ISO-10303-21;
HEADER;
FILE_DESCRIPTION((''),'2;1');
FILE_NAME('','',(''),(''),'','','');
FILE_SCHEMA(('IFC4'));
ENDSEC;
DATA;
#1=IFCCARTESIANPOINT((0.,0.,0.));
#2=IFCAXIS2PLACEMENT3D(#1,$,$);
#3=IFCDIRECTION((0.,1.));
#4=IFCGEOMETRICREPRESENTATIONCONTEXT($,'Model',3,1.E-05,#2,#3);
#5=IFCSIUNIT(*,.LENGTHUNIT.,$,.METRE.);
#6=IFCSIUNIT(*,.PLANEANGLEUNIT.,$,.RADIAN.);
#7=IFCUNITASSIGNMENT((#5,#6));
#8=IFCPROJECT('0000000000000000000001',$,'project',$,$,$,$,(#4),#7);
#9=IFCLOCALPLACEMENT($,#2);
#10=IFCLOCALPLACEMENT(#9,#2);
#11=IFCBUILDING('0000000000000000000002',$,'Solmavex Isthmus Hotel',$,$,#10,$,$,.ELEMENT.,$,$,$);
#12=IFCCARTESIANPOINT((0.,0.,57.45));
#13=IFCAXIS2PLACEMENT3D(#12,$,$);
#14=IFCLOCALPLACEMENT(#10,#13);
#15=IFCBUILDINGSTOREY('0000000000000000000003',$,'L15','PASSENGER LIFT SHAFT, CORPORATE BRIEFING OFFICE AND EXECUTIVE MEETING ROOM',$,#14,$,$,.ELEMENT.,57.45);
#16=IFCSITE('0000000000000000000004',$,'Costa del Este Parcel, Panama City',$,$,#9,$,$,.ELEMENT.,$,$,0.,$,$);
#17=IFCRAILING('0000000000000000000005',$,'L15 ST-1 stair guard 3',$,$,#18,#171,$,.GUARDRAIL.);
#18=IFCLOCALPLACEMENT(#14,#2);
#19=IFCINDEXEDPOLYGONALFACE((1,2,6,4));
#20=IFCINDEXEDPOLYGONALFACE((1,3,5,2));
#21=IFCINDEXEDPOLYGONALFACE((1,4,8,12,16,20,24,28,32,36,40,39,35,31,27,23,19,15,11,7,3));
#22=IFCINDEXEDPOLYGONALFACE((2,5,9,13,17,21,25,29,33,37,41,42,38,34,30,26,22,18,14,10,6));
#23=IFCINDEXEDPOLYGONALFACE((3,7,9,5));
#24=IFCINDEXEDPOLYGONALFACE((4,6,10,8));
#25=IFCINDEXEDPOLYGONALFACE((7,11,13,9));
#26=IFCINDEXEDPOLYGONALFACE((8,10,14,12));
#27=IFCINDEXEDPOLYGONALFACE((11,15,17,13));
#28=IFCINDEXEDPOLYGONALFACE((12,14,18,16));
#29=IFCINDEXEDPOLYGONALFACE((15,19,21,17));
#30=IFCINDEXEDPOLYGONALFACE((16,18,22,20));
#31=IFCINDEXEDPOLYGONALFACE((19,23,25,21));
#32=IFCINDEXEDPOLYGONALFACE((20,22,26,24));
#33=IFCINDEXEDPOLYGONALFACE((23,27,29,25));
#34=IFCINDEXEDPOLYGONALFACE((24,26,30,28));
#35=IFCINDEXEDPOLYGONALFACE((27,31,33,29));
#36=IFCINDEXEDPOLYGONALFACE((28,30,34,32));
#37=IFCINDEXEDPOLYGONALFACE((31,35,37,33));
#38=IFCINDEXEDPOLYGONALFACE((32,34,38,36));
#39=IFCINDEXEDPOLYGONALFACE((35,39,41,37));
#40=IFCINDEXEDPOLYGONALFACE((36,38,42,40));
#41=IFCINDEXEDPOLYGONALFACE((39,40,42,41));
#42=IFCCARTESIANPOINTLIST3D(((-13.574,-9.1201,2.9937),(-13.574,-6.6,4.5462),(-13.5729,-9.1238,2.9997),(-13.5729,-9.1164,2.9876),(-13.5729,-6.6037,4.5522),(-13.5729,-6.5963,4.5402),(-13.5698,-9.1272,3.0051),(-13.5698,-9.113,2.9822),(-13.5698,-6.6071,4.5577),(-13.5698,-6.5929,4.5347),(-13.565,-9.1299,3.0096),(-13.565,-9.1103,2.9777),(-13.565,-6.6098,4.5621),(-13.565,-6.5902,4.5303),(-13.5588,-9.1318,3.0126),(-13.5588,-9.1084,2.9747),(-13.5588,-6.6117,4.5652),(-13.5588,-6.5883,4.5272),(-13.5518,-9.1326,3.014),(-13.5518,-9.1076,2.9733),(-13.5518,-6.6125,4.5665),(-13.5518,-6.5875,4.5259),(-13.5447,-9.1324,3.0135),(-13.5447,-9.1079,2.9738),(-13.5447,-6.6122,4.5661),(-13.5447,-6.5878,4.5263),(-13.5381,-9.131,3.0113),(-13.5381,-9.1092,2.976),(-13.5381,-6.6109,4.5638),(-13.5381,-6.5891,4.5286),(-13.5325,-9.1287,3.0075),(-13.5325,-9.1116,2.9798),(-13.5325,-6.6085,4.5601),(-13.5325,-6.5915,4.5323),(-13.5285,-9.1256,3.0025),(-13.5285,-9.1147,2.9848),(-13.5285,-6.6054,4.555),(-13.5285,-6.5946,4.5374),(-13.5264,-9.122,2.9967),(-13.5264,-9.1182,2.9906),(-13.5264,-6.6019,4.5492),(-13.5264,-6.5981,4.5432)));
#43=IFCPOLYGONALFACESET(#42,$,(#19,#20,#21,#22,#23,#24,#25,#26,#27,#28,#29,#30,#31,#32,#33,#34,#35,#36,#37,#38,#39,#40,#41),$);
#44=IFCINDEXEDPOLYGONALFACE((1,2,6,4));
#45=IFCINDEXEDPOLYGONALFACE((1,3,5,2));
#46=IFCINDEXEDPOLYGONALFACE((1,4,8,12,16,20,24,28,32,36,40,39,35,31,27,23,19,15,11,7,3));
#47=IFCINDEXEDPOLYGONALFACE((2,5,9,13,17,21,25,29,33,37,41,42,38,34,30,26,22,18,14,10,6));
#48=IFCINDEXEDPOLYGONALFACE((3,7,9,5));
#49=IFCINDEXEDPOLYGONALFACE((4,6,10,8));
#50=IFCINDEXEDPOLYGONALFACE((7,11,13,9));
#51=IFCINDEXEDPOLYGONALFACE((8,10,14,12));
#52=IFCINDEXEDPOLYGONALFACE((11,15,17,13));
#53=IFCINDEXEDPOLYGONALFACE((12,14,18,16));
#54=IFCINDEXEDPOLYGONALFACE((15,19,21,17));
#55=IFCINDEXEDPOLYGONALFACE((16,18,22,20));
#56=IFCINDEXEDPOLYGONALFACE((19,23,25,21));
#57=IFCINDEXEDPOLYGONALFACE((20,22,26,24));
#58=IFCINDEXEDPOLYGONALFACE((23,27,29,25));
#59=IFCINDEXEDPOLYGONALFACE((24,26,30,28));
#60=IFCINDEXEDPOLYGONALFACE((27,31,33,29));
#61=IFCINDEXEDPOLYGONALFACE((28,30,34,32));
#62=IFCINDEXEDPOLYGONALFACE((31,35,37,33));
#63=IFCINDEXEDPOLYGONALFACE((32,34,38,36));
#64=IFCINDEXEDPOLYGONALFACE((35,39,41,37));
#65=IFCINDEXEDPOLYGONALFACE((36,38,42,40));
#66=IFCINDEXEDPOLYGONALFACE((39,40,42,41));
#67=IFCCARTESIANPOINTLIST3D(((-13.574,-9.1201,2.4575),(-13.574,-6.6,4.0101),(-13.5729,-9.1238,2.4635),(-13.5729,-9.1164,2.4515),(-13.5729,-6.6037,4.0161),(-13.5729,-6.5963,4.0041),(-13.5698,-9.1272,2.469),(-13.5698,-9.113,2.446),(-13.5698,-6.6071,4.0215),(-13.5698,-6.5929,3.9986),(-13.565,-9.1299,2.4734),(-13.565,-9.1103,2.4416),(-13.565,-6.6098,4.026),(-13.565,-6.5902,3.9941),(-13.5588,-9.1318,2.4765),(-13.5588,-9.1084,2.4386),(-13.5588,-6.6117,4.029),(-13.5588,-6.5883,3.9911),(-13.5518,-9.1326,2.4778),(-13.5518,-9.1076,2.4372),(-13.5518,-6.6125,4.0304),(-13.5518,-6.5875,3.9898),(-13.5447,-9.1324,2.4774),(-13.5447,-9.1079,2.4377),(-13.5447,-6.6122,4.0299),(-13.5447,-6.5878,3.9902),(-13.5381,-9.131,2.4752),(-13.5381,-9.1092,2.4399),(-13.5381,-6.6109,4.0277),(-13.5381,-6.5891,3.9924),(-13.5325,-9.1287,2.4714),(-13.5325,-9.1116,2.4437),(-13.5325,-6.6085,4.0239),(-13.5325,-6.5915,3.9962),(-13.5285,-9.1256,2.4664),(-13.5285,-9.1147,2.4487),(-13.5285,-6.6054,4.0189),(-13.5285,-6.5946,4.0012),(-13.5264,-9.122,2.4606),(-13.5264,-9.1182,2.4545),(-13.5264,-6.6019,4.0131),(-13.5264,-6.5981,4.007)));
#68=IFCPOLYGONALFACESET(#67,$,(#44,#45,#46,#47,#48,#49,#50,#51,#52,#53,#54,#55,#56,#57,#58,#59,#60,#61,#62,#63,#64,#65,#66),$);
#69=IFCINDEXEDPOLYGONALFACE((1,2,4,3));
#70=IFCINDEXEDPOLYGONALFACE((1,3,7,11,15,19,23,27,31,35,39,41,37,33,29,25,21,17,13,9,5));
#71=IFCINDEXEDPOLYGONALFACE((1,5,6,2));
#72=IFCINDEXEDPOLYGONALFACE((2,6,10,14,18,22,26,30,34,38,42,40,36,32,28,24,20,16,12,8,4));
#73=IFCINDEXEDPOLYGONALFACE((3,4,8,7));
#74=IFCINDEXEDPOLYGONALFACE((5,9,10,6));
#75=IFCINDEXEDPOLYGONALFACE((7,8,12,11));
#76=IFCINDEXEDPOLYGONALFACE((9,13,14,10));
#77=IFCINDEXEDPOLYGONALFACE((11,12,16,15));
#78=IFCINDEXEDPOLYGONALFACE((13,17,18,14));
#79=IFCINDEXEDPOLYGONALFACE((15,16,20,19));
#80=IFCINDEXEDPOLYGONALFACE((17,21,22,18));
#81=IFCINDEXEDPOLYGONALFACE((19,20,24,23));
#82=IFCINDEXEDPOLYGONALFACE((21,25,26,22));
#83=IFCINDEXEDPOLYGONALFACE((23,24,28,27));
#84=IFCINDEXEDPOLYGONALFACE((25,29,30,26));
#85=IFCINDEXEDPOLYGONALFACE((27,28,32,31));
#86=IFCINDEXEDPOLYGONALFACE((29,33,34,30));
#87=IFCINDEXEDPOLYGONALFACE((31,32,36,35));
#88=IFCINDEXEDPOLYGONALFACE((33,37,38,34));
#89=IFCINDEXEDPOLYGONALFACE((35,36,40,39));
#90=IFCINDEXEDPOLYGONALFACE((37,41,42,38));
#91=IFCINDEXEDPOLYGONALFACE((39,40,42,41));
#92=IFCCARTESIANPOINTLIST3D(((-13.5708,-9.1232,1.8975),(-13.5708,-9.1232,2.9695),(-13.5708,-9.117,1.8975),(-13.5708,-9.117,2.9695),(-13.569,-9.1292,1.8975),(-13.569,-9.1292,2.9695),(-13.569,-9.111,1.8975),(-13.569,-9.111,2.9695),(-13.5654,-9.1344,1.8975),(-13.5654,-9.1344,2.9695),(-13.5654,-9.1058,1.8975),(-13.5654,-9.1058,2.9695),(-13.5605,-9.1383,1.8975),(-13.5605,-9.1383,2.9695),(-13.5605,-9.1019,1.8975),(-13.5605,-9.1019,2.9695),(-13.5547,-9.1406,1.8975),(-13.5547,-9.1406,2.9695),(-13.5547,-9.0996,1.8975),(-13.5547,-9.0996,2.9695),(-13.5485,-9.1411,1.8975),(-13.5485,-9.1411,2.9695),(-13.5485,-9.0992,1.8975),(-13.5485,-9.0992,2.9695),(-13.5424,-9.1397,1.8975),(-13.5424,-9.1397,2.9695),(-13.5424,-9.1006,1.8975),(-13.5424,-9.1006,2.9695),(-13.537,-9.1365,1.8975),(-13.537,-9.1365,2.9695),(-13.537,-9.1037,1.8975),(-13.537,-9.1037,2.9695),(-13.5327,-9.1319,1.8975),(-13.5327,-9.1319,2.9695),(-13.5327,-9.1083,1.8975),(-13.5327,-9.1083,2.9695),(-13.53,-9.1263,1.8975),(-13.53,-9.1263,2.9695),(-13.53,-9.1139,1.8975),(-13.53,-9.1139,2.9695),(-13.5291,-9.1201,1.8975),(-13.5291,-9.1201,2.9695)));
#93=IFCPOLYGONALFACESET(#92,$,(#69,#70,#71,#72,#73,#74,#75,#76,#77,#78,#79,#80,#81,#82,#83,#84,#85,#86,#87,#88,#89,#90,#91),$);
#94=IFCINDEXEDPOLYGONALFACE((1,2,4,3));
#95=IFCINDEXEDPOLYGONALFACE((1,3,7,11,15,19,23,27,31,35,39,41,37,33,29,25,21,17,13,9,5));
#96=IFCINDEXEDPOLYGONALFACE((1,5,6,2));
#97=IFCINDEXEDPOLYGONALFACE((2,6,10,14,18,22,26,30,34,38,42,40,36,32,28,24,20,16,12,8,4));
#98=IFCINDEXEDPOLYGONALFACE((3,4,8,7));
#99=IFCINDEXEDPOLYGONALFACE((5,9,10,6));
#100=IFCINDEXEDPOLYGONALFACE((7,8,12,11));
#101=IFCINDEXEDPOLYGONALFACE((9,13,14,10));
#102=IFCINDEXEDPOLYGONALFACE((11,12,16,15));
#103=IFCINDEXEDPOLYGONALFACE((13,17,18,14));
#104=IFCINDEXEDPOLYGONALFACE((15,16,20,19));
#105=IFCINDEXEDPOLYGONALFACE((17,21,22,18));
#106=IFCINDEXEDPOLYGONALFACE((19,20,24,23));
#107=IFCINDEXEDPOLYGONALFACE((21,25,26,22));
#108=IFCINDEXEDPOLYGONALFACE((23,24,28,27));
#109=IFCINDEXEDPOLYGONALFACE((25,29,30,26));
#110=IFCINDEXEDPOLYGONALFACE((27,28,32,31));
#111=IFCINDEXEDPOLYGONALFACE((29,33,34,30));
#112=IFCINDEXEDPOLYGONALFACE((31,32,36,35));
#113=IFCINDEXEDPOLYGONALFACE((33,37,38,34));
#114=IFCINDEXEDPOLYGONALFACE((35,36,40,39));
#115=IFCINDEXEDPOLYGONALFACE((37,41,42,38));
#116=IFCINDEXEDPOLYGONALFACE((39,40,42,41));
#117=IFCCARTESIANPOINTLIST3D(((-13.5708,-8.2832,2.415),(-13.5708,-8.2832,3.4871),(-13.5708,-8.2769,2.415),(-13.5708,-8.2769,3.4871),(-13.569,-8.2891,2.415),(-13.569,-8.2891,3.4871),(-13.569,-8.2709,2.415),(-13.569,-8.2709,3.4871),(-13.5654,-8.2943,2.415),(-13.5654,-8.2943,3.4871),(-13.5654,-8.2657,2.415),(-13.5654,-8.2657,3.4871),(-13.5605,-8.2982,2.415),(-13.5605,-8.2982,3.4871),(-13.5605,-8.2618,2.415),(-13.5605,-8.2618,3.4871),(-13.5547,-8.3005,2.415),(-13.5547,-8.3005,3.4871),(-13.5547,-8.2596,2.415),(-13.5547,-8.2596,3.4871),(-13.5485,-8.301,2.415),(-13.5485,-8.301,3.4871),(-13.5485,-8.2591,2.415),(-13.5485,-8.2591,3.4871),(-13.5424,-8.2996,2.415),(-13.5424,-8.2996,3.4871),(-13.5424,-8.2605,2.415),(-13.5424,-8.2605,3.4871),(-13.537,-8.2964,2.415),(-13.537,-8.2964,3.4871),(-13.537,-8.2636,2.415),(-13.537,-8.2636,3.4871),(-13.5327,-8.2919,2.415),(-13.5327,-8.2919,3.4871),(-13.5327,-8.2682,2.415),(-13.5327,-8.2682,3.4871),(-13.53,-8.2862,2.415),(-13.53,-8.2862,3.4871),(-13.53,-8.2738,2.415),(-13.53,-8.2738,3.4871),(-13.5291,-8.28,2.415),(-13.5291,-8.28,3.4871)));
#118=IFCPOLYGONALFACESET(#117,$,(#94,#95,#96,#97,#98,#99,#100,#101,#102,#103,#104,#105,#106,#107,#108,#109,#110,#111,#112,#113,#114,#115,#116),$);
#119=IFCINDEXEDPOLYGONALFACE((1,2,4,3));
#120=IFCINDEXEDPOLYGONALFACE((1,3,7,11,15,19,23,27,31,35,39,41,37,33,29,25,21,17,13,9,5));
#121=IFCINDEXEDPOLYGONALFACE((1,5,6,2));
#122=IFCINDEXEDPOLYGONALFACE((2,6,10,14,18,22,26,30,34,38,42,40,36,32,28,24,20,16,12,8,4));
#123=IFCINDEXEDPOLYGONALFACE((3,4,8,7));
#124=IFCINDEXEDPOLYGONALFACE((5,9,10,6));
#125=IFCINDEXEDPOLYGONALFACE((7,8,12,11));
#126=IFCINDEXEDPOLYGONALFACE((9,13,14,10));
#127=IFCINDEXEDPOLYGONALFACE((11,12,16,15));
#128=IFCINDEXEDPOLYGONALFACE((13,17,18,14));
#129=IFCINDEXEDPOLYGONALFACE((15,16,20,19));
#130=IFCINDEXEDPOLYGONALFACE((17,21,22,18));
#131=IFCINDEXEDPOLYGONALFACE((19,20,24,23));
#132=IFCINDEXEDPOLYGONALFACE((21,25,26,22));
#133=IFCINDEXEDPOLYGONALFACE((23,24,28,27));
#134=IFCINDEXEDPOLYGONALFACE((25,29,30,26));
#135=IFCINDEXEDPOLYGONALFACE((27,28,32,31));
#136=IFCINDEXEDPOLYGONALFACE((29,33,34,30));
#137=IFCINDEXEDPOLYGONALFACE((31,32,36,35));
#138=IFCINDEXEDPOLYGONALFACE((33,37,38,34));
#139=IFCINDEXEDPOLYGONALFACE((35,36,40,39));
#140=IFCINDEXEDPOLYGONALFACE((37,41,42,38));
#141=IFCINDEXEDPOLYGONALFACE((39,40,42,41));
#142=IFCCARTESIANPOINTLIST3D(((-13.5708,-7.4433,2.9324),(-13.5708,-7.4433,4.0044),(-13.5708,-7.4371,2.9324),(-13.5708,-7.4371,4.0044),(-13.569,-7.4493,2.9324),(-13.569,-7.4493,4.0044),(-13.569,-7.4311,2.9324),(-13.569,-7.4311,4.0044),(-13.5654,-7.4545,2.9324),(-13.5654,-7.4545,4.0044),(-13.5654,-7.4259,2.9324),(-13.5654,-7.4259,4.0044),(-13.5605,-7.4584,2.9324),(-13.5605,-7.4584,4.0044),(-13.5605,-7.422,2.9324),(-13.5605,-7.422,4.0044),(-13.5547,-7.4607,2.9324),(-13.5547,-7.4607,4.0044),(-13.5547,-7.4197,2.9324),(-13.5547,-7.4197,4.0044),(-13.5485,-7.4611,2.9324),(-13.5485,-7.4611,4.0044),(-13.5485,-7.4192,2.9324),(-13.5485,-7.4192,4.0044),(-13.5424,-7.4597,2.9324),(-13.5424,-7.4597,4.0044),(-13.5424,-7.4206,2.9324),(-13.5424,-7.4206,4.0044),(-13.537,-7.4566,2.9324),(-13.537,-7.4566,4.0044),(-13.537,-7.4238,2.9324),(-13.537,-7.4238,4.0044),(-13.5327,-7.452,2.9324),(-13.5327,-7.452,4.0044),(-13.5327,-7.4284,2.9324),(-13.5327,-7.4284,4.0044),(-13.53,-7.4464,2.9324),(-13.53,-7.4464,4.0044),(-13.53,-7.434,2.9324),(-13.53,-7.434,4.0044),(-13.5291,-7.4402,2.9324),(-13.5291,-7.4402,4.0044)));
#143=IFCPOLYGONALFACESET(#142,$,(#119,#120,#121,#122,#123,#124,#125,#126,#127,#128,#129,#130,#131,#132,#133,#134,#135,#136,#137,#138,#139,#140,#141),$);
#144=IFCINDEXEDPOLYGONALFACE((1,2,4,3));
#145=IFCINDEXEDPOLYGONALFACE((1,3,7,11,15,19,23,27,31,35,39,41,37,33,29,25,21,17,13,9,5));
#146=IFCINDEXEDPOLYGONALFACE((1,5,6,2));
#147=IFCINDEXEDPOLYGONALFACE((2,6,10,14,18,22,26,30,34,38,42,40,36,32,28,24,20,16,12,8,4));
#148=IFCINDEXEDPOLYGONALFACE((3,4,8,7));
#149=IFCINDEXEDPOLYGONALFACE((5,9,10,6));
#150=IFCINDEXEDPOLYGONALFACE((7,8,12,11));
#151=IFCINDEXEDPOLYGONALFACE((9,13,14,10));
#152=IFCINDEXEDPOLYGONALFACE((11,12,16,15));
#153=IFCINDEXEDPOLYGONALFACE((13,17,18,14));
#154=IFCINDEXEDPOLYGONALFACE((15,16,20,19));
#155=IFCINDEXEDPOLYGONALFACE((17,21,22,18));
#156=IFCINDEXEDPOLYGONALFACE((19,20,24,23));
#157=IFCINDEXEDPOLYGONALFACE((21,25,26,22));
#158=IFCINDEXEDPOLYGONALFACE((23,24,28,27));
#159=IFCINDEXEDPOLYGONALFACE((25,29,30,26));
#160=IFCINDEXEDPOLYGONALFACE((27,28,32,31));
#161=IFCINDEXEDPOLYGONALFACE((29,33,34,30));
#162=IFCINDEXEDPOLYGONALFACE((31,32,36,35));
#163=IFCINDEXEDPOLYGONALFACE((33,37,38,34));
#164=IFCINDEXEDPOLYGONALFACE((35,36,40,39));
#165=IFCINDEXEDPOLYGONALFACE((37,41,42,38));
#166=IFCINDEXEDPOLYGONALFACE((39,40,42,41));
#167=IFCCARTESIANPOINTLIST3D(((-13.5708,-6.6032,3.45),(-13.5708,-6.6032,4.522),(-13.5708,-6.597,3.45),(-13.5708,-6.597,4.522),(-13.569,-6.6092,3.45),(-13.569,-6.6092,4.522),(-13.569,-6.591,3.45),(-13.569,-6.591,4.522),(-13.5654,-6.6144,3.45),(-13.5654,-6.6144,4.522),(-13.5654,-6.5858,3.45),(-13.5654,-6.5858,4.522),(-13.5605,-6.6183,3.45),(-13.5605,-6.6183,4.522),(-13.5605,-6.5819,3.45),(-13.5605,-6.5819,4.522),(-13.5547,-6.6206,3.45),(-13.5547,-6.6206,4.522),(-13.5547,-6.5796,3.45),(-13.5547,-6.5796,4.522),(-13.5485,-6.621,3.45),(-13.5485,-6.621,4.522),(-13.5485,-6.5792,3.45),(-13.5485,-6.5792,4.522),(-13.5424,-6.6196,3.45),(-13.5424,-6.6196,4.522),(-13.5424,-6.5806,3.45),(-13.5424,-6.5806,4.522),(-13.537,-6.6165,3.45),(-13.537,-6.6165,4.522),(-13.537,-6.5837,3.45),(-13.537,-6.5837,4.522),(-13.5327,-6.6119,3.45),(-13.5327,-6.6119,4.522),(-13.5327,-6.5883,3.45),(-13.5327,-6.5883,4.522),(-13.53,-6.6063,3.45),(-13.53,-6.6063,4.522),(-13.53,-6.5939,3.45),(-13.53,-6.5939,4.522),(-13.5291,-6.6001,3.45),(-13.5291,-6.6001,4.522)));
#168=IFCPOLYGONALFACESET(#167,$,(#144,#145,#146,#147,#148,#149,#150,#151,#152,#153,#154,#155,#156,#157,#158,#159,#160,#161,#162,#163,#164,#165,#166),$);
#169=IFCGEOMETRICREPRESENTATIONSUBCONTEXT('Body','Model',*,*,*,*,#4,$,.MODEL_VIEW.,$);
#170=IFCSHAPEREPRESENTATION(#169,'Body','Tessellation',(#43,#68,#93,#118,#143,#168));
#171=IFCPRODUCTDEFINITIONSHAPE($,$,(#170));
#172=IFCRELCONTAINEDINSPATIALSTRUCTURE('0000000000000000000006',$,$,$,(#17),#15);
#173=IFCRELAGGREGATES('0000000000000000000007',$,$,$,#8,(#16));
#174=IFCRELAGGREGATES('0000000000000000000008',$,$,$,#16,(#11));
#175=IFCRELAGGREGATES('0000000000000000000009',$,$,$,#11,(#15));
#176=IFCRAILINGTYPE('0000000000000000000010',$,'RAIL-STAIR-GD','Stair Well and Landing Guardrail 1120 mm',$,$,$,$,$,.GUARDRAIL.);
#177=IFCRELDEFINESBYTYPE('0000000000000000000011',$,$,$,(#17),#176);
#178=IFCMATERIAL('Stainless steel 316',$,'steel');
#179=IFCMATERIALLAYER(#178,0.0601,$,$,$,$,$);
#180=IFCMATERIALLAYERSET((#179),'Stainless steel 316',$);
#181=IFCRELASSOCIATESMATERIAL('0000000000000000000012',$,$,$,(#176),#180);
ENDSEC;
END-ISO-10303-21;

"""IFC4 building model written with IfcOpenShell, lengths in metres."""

from ifc_helpers import new_model, si_unit, direction, frame, origin, origin_2d, place, context, subcontext, project, spatial, circle, extrude, material, layer, layer_set, type_object, element, save


model = new_model("IFC4")

# Units and contexts
model_context = context("Model", 3, precision=1e-05, world=origin(), true_north=direction((0.0, 1.0)))
body_context = subcontext(model_context, "Body", "Model", "MODEL_VIEW")
ifc_project = project(units=[si_unit("LENGTHUNIT", "METRE"), si_unit("PLANEANGLEUNIT", "RADIAN")], contexts=[model_context])

# Site, building, storey
site_placement = place(None, origin())
site = spatial("IfcSite", under=ifc_project, at=site_placement, Name="Costa del Este Parcel, Panama City", CompositionType="ELEMENT", RefElevation=0.0)
building_placement = place(site_placement, origin())
building = spatial("IfcBuilding", under=site, at=building_placement, Name="Solmavex Isthmus Hotel", CompositionType="ELEMENT")
storey_placement = place(building_placement, frame((0.0, 0.0, 57.45)))
storey = spatial("IfcBuildingStorey", under=building, at=storey_placement, Name="L15", Description="PASSENGER LIFT SHAFT, CORPORATE BRIEFING OFFICE AND EXECUTIVE MEETING ROOM", CompositionType="ELEMENT", Elevation=57.45)

# Shared definitions
ifc_material_1 = material(Name="Stainless steel 316", Category="steel")

# Railing
ifc_layer_1 = layer(ifc_material_1, 0.0601)
ifc_layer_set_1 = layer_set([ifc_layer_1], Name="Stainless steel 316")
railing_type_1 = type_object("IfcRailingType", Name="RAIL-STAIR-GD", Description="Stair Well and Landing Guardrail 1120 mm", PredefinedType="GUARDRAIL", material=ifc_layer_set_1)
railing_1_placement = place(storey_placement, frame((-13.55, -9.1201, 1.8975)))
element("IfcRailing", 1, at=railing_1_placement, inside=storey, type_object=railing_type_1, Name="L15 ST-1 stair guard 3", PredefinedType="GUARDRAIL", context=body_context, shape_type="SweptSolid", body=[
    extrude(circle(Radius=0.0239, at=origin_2d()), frame((0.0, 0.0, 1.0962), z_axis=(0.0, 0.8514, 0.524516), x_axis=(-1.0, 0.0, 0.0)), (0.0, 0.0, 1.0), 2.96),
    extrude(circle(Radius=0.0239, at=origin_2d()), frame((0.0, 0.0, 0.5601), z_axis=(0.0, 0.8514, 0.524516), x_axis=(-1.0, 0.0, 0.0)), (0.0, 0.0, 1.0), 2.96),
    extrude(circle(Radius=0.021, at=origin_2d()), origin(), (0.0, 0.0, 1.0), 1.072),
    extrude(circle(Radius=0.021, at=origin_2d()), frame((0.0, 0.8401, 0.5176)), (0.0, 0.0, 1.0), 1.072),
    extrude(circle(Radius=0.021, at=origin_2d()), frame((0.0, 1.6799, 1.0349)), (0.0, 0.0, 1.0), 1.072),
    extrude(circle(Radius=0.021, at=origin_2d()), frame((0.0, 2.52, 1.5525)), (0.0, 0.0, 1.0), 1.072),
])

save(model, "model.ifc")
